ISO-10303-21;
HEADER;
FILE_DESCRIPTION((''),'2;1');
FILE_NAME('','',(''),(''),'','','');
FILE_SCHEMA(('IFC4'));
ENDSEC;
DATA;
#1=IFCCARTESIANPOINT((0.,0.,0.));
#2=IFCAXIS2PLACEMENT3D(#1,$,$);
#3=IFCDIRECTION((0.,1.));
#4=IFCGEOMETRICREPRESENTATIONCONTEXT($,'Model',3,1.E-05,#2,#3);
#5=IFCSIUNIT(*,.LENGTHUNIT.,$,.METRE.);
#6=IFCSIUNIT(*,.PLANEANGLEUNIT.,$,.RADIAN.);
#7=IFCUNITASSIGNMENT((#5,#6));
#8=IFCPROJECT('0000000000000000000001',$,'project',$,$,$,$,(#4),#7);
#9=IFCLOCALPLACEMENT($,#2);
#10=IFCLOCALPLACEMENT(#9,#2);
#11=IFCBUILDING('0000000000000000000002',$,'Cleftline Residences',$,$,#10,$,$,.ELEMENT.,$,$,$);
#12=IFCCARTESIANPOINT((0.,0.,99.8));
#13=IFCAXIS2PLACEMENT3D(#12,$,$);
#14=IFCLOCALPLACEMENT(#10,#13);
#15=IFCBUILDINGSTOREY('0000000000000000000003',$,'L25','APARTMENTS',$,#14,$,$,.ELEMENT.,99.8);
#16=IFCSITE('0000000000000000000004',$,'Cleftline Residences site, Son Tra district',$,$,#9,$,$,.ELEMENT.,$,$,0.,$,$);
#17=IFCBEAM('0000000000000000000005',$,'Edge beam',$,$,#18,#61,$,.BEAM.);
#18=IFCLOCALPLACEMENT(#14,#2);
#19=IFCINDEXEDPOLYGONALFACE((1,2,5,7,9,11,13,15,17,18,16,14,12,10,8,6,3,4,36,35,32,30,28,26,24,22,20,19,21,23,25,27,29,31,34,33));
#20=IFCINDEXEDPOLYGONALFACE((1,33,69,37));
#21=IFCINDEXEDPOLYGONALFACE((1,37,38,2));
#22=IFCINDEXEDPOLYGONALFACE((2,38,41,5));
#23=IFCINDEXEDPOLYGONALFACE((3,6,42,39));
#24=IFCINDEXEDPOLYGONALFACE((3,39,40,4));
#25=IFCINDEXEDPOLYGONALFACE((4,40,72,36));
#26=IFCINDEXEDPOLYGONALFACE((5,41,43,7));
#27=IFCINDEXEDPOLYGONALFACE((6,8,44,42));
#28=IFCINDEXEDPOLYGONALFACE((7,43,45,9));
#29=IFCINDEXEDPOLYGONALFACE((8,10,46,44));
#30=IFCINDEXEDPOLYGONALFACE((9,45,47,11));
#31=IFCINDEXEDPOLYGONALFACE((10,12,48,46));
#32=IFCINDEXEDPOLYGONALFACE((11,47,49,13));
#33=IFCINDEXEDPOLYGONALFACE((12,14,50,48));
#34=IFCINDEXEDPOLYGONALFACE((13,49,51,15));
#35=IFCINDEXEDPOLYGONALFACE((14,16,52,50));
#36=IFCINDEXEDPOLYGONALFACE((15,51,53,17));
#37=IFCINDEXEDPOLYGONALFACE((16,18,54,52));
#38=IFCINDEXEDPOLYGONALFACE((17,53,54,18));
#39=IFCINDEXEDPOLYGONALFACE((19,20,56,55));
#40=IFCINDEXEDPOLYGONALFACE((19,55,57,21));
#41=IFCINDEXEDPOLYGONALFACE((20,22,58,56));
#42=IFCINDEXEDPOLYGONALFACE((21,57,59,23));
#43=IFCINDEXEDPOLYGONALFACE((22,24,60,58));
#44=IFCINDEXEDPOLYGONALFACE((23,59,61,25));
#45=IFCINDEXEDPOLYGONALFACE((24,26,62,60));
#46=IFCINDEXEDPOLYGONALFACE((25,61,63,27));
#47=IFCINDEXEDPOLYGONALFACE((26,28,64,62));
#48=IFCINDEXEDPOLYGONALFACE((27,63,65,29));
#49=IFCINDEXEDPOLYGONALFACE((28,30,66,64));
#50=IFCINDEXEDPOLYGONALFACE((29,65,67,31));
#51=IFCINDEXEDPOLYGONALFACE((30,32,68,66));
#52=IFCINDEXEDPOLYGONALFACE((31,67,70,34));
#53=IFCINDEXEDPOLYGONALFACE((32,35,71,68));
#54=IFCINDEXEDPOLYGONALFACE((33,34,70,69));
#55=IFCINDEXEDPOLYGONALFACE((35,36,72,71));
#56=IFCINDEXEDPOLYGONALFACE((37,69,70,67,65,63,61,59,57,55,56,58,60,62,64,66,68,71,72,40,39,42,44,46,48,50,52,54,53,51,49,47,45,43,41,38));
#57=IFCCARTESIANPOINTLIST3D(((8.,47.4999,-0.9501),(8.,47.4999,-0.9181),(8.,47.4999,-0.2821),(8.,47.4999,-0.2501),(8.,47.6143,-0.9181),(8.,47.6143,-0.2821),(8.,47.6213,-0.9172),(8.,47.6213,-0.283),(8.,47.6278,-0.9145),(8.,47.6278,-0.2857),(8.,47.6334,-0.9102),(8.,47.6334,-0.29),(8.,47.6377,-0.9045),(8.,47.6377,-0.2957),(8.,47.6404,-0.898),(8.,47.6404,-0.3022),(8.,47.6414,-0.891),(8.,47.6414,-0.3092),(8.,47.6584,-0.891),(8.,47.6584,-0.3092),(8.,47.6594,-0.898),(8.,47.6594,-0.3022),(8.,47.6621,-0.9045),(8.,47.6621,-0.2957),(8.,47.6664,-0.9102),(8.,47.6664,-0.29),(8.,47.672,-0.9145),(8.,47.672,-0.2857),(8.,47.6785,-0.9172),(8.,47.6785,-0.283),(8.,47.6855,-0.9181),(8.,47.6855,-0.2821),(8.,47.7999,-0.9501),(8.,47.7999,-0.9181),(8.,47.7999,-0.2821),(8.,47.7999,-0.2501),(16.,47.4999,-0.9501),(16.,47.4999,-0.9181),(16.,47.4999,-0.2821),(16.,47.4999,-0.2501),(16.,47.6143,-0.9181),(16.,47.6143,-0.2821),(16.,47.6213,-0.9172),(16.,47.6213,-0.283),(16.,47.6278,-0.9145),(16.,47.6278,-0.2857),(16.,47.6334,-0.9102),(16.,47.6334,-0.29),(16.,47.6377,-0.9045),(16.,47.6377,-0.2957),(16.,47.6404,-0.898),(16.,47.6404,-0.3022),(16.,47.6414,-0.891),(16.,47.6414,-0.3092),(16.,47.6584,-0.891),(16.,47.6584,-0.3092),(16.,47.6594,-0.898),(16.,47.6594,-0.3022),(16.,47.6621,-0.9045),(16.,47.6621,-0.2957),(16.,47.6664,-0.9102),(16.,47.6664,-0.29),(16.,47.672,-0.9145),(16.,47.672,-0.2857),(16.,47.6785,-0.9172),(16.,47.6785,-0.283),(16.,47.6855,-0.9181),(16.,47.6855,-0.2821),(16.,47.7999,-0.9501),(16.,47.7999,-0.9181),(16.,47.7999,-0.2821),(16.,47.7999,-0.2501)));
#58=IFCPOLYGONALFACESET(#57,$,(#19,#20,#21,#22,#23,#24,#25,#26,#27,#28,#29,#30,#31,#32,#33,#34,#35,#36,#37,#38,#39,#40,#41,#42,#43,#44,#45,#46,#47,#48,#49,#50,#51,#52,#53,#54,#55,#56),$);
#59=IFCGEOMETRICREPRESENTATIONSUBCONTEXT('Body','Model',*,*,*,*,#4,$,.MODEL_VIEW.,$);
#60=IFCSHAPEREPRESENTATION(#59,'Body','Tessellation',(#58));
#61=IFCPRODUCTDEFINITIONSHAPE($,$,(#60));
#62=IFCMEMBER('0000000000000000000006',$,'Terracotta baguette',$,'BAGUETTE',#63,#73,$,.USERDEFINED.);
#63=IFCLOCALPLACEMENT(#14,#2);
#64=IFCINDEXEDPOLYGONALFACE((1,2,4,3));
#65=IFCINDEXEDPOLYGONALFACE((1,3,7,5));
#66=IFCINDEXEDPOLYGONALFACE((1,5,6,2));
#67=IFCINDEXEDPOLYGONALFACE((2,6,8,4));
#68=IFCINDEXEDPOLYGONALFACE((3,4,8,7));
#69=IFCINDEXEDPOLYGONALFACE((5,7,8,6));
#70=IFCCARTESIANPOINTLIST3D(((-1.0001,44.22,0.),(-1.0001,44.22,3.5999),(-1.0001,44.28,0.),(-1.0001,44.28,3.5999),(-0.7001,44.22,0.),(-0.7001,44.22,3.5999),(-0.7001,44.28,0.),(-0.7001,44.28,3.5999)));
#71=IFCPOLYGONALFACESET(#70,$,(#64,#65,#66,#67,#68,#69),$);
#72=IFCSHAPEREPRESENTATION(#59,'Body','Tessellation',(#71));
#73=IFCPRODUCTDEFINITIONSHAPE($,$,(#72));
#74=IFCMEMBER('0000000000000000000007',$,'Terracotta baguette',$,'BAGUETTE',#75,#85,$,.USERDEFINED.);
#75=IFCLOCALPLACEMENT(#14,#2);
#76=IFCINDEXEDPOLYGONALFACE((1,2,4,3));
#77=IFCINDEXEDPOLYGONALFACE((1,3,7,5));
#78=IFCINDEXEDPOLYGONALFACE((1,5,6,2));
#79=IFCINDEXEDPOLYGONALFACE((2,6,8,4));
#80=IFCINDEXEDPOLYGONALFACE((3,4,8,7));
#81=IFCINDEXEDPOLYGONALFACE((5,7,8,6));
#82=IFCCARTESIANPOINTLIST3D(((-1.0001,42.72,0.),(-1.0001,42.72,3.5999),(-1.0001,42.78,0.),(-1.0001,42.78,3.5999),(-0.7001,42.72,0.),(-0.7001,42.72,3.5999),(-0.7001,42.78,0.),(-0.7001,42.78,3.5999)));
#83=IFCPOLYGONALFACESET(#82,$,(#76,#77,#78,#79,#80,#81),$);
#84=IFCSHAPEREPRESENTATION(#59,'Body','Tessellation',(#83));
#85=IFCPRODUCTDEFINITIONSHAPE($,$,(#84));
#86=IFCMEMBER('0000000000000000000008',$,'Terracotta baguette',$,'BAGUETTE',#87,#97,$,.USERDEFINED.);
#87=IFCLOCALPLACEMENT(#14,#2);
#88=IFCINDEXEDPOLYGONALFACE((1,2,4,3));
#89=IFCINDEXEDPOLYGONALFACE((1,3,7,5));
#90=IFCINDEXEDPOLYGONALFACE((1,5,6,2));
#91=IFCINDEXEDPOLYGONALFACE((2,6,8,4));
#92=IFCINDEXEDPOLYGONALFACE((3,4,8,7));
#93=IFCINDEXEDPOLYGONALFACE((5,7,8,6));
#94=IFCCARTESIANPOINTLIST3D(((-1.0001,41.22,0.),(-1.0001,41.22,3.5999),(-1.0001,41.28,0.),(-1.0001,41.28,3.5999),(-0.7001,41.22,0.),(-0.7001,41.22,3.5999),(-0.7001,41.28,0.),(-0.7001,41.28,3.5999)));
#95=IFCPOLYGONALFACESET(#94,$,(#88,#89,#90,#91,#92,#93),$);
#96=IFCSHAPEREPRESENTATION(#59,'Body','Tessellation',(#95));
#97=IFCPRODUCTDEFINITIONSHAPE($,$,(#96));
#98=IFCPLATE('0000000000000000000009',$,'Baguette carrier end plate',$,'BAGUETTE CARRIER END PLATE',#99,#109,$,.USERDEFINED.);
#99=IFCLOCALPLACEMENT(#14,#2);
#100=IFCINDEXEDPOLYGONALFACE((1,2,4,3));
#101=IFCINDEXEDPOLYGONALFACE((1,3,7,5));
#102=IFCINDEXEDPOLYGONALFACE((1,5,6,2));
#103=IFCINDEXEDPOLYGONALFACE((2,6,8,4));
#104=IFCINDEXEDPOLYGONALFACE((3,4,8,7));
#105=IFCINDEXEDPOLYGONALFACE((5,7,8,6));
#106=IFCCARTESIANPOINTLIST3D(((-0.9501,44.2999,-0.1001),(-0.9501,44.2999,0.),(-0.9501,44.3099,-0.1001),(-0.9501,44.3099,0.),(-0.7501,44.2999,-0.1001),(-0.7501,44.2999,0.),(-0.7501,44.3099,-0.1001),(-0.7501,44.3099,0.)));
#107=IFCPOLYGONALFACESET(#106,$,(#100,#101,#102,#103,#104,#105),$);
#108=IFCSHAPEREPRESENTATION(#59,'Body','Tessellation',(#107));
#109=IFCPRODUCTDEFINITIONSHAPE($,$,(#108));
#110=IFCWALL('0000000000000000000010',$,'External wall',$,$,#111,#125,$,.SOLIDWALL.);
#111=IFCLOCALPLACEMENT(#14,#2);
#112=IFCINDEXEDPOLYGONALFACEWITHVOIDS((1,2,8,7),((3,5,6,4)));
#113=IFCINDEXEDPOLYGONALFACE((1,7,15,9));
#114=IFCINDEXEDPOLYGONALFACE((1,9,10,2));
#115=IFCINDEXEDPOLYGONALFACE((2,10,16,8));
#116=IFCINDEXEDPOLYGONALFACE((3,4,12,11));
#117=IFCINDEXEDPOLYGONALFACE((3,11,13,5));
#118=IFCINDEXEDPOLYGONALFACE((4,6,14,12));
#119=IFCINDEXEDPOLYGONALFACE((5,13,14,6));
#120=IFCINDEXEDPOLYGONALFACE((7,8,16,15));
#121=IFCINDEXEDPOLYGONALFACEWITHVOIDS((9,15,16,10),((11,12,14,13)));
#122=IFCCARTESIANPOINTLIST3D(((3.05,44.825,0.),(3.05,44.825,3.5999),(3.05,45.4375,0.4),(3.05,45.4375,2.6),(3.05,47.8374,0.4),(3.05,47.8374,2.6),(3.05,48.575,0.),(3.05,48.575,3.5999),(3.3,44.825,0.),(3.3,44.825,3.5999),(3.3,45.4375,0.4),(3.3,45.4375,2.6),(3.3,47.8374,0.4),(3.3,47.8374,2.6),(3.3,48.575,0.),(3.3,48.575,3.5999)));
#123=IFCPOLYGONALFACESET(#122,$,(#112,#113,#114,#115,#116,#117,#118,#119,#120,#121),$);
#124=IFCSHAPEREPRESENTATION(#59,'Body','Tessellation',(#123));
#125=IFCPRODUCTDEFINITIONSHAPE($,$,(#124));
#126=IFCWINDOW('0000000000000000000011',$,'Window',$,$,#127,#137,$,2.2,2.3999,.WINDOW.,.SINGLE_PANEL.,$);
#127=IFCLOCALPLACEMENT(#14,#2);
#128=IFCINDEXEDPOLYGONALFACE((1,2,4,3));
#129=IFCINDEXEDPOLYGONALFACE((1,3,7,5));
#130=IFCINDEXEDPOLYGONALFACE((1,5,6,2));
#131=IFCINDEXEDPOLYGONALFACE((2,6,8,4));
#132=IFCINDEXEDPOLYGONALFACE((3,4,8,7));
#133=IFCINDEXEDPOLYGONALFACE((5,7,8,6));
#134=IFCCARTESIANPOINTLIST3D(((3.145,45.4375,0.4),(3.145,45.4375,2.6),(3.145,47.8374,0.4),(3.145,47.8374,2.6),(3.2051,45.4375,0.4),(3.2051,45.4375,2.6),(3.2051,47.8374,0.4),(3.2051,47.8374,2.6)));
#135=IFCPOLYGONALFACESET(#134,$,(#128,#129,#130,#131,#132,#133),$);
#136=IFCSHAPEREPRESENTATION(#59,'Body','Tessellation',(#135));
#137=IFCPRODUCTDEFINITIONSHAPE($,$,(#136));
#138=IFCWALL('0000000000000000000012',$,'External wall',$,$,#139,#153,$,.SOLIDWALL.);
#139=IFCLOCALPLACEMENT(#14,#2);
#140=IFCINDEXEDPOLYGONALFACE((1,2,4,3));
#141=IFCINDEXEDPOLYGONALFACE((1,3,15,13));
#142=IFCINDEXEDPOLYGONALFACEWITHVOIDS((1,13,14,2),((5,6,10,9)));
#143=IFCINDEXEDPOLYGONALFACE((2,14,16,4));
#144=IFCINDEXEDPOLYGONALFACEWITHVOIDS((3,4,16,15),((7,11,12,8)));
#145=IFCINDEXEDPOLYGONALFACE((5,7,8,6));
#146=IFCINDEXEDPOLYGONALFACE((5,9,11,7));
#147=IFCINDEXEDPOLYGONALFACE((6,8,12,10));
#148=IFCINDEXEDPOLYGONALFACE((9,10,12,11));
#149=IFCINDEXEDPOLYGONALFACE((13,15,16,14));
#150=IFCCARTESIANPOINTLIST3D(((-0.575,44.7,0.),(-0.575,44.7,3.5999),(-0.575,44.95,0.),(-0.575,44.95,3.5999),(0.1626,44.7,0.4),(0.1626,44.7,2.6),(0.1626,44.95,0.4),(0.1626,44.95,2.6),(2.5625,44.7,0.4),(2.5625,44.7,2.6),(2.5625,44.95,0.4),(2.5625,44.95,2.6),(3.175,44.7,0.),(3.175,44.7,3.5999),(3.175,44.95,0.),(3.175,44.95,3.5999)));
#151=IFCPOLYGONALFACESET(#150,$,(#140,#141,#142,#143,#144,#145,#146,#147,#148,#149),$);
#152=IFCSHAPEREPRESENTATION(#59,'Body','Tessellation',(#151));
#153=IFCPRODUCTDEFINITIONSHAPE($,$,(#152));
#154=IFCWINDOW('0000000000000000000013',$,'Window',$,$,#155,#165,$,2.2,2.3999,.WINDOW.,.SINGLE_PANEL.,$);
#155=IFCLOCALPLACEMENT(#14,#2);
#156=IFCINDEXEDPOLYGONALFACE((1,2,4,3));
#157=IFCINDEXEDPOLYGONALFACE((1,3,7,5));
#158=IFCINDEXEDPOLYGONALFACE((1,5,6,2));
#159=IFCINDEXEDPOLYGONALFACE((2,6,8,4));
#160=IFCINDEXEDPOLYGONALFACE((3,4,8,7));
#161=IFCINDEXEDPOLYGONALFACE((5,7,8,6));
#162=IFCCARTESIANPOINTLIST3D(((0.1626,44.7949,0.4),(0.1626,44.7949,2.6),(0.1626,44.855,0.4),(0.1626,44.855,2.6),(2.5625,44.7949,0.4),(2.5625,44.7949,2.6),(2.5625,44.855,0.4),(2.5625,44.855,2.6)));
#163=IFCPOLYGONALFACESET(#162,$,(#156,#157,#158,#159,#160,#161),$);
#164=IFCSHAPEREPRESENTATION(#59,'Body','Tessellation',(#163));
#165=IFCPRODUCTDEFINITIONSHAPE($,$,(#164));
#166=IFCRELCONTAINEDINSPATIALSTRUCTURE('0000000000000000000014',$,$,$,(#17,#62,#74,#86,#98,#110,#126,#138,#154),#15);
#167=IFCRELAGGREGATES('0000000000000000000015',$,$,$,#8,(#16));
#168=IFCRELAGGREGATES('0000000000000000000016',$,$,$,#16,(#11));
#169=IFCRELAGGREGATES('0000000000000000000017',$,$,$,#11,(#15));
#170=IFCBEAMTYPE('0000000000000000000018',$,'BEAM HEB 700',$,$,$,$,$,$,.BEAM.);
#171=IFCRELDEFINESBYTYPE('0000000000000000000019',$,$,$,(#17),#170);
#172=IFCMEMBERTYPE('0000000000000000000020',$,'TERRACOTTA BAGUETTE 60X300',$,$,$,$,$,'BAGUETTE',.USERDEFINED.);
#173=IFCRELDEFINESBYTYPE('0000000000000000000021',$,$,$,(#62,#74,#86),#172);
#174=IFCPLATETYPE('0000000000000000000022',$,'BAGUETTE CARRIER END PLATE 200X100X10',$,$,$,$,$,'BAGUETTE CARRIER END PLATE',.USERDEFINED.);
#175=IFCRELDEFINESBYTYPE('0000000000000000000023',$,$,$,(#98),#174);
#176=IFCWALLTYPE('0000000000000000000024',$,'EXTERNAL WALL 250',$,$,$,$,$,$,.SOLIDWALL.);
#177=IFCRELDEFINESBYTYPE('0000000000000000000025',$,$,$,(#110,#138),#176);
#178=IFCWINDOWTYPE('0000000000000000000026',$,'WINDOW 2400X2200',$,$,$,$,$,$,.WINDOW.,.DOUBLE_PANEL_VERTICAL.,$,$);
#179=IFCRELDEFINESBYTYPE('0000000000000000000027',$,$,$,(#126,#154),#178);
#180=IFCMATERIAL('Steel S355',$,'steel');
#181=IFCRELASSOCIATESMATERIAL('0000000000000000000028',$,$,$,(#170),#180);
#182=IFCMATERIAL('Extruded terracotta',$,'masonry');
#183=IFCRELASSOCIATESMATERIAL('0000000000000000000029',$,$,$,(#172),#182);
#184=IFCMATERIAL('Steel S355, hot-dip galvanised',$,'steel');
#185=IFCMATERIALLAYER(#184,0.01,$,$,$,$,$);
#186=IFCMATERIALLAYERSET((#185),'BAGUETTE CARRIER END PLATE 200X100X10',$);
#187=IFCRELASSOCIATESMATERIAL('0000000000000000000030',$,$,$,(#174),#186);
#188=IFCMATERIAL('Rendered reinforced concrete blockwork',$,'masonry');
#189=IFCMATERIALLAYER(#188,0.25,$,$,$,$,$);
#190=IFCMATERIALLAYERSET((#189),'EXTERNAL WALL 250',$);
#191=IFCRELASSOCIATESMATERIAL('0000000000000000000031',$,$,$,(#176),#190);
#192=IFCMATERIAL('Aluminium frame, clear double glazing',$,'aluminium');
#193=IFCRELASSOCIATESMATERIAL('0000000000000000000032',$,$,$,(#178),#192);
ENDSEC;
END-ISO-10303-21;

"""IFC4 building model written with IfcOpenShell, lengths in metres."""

from ifc_helpers import new_model, si_unit, direction, frame, frame_2d, origin, origin_2d, place, context, subcontext, project, spatial, rectangle, i_section, extrude, material, layer, layer_set, material_profile, profile_set, type_object, element, fill, save


model = new_model("IFC4")

# Units and contexts
model_context = context("Model", 3, precision=1e-05, world=origin(), true_north=direction((0.0, 1.0)))
body_context = subcontext(model_context, "Body", "Model", "MODEL_VIEW")
ifc_project = project(units=[si_unit("LENGTHUNIT", "METRE"), si_unit("PLANEANGLEUNIT", "RADIAN")], contexts=[model_context])

# Site, building, storey
site_placement = place(None, origin())
site = spatial("IfcSite", under=ifc_project, at=site_placement, Name="Cleftline Residences site, Son Tra district", CompositionType="ELEMENT", RefElevation=0.0)
building_placement = place(site_placement, origin())
building = spatial("IfcBuilding", under=site, at=building_placement, Name="Cleftline Residences", CompositionType="ELEMENT")
storey_placement = place(building_placement, frame((0.0, 0.0, 99.8)))
storey = spatial("IfcBuildingStorey", under=building, at=storey_placement, Name="L25", Description="APARTMENTS", CompositionType="ELEMENT", Elevation=99.8)

# Beam
ifc_material_1 = material(Name="Steel S355", Category="steel")
ifc_material_profile_1 = material_profile(ifc_material_1, i_section(OverallWidth=0.3, OverallDepth=0.7, WebThickness=0.0171, FlangeThickness=0.032, FilletRadius=0.0271, at=origin_2d()))
ifc_profile_set_1 = profile_set([ifc_material_profile_1], Name="Steel S355")
beam_type = type_object("IfcBeamType", Name="BEAM HEB 700", PredefinedType="BEAM", material=ifc_profile_set_1)
beam_placement = place(storey_placement, frame((8.0, 47.6499, -0.6001), z_axis=(1.0, 0.0, 0.0), x_axis=(0.0, 1.0, 0.0)))
element("IfcBeam", 1, at=beam_placement, inside=storey, type_object=beam_type, Name="Edge beam", PredefinedType="BEAM", context=body_context, shape_type="SweptSolid", body=[
    extrude(i_section(OverallWidth=0.3, OverallDepth=0.7, WebThickness=0.0171, FlangeThickness=0.032, FilletRadius=0.0271, at=origin_2d()), origin(), (0.0, 0.0, 1.0), 8.0),
])

# Members
ifc_material_2 = material(Name="Extruded terracotta", Category="masonry")
ifc_material_profile_2 = material_profile(ifc_material_2, rectangle(XDim=0.0601, YDim=0.3, at=origin_2d()))
ifc_profile_set_2 = profile_set([ifc_material_profile_2], Name="Extruded terracotta")
member_type_1 = type_object("IfcMemberType", Name="TERRACOTTA BAGUETTE 60X300", ElementType="BAGUETTE", PredefinedType="USERDEFINED", material=ifc_profile_set_2)
for number, where, z_axis, x_axis, name in (
    (2, (-0.8501, 44.25, 0.0), (0.0, 0.0, 1.0), (0.0, 1.0, 0.0), "Terracotta baguette"),
    (3, (-0.8501, 42.75, 0.0), (0.0, 0.0, 1.0), (0.0, 1.0, 0.0), "Terracotta baguette"),
    (4, (-0.8501, 41.25, 0.0), (0.0, 0.0, 1.0), (0.0, 1.0, 0.0), "Terracotta baguette"),
):
    element("IfcMember", number, at=place(storey_placement, frame(where, z_axis=z_axis, x_axis=x_axis)), inside=storey, type_object=member_type_1, Name=name, ObjectType="BAGUETTE", PredefinedType="USERDEFINED", context=body_context, shape_type="SweptSolid", body=[
        extrude(rectangle(XDim=0.0601, YDim=0.3, at=origin_2d()), origin(), (0.0, 0.0, 1.0), 3.5999),
    ])

# Plate
ifc_material_3 = material(Name="Steel S355, hot-dip galvanised", Category="steel")
ifc_layer_1 = layer(ifc_material_3, 0.01)
ifc_layer_set_1 = layer_set([ifc_layer_1], Name="BAGUETTE CARRIER END PLATE 200X100X10")
plate_type = type_object("IfcPlateType", Name="BAGUETTE CARRIER END PLATE 200X100X10", ElementType="BAGUETTE CARRIER END PLATE", PredefinedType="USERDEFINED", material=ifc_layer_set_1)
plate_placement = place(storey_placement, frame((-0.8501, 44.3049, -0.1001), z_axis=(0.0, 0.0, 1.0), x_axis=(-1.0, 0.0, 0.0)))
element("IfcPlate", 5, at=plate_placement, inside=storey, type_object=plate_type, Name="Baguette carrier end plate", ObjectType="BAGUETTE CARRIER END PLATE", PredefinedType="USERDEFINED", context=body_context, shape_type="SweptSolid", body=[
    extrude(rectangle(XDim=0.2, YDim=0.01, at=origin_2d()), origin(), (0.0, 0.0, 1.0), 0.1001),
])

# Walls, openings, windows
ifc_material_4 = material(Name="Rendered reinforced concrete blockwork", Category="masonry")
ifc_layer_2 = layer(ifc_material_4, 0.25)
ifc_layer_set_2 = layer_set([ifc_layer_2], Name="EXTERNAL WALL 250")
wall_type_1 = type_object("IfcWallType", Name="EXTERNAL WALL 250", PredefinedType="SOLIDWALL", material=ifc_layer_set_2)
wall_1_placement = place(storey_placement, frame((3.175, 48.575, 0.0), z_axis=(0.0, 0.0, 1.0), x_axis=(0.0, -1.0, 0.0)))
wall_1 = element("IfcWall", 6, at=wall_1_placement, inside=storey, type_object=wall_type_1, Name="External wall", PredefinedType="SOLIDWALL", context=body_context, shape_type="SweptSolid", body=[
    extrude(rectangle(XDim=3.75, YDim=0.25, at=frame_2d((1.875, 0.0))), origin(), (0.0, 0.0, 1.0), 3.5999),
])
opening_1_placement = place(wall_1_placement, frame((0.7375, 0.0, 0.3999)))
opening_1 = element("IfcOpeningElement", 7, at=opening_1_placement, cuts=wall_1, PredefinedType="OPENING", context=body_context, shape_type="SweptSolid", body=[
    extrude(rectangle(XDim=2.3999, YDim=2.2, at=frame_2d((1.2, 1.1001))), frame((0.0, 0.135, 0.0), z_axis=(0.0, -1.0, 0.0), x_axis=(1.0, 0.0, 0.0)), (0.0, 0.0, 1.0), 0.27),
])
ifc_material_5 = material(Name="Aluminium frame, clear double glazing", Category="aluminium")
window_type_1 = type_object("IfcWindowType", Name="WINDOW 2400X2200", PartitioningType="DOUBLE_PANEL_VERTICAL", PredefinedType="WINDOW", material=ifc_material_5)
window_1_placement = place(opening_1_placement, origin())
window_1 = element("IfcWindow", 8, at=window_1_placement, inside=storey, type_object=window_type_1, Name="Window", OverallHeight=2.2, OverallWidth=2.3999, PartitioningType="SINGLE_PANEL", PredefinedType="WINDOW", context=body_context, shape_type="SweptSolid", body=[
    extrude(rectangle(XDim=2.3999, YDim=2.2, at=frame_2d((1.2, 1.1001))), frame((0.0, 0.03, 0.0), z_axis=(0.0, -1.0, 0.0), x_axis=(1.0, 0.0, 0.0)), (0.0, 0.0, 1.0), 0.0601),
])
fill(opening_1, window_1)
wall_2_placement = place(storey_placement, frame((3.175, 44.825, 0.0), z_axis=(0.0, 0.0, 1.0), x_axis=(-1.0, 0.0, 0.0)))
wall_2 = element("IfcWall", 9, at=wall_2_placement, inside=storey, type_object=wall_type_1, Name="External wall", PredefinedType="SOLIDWALL", context=body_context, shape_type="SweptSolid", body=[
    extrude(rectangle(XDim=3.75, YDim=0.25, at=frame_2d((1.875, 0.0))), origin(), (0.0, 0.0, 1.0), 3.5999),
])
opening_2_placement = place(wall_2_placement, frame((0.6125, 0.0, 0.3999)))
opening_2 = element("IfcOpeningElement", 10, at=opening_2_placement, cuts=wall_2, PredefinedType="OPENING", context=body_context, shape_type="SweptSolid", body=[
    extrude(rectangle(XDim=2.3999, YDim=2.2, at=frame_2d((1.2, 1.1001))), frame((0.0, 0.135, 0.0), z_axis=(0.0, -1.0, 0.0), x_axis=(1.0, 0.0, 0.0)), (0.0, 0.0, 1.0), 0.27),
])
window_2_placement = place(opening_2_placement, origin())
window_2 = element("IfcWindow", 11, at=window_2_placement, inside=storey, type_object=window_type_1, Name="Window", OverallHeight=2.2, OverallWidth=2.3999, PartitioningType="SINGLE_PANEL", PredefinedType="WINDOW", context=body_context, shape_type="SweptSolid", body=[
    extrude(rectangle(XDim=2.3999, YDim=2.2, at=frame_2d((1.2, 1.1001))), frame((0.0, 0.03, 0.0), z_axis=(0.0, -1.0, 0.0), x_axis=(1.0, 0.0, 0.0)), (0.0, 0.0, 1.0), 0.0601),
])
fill(opening_2, window_2)

save(model, "model.ifc")
